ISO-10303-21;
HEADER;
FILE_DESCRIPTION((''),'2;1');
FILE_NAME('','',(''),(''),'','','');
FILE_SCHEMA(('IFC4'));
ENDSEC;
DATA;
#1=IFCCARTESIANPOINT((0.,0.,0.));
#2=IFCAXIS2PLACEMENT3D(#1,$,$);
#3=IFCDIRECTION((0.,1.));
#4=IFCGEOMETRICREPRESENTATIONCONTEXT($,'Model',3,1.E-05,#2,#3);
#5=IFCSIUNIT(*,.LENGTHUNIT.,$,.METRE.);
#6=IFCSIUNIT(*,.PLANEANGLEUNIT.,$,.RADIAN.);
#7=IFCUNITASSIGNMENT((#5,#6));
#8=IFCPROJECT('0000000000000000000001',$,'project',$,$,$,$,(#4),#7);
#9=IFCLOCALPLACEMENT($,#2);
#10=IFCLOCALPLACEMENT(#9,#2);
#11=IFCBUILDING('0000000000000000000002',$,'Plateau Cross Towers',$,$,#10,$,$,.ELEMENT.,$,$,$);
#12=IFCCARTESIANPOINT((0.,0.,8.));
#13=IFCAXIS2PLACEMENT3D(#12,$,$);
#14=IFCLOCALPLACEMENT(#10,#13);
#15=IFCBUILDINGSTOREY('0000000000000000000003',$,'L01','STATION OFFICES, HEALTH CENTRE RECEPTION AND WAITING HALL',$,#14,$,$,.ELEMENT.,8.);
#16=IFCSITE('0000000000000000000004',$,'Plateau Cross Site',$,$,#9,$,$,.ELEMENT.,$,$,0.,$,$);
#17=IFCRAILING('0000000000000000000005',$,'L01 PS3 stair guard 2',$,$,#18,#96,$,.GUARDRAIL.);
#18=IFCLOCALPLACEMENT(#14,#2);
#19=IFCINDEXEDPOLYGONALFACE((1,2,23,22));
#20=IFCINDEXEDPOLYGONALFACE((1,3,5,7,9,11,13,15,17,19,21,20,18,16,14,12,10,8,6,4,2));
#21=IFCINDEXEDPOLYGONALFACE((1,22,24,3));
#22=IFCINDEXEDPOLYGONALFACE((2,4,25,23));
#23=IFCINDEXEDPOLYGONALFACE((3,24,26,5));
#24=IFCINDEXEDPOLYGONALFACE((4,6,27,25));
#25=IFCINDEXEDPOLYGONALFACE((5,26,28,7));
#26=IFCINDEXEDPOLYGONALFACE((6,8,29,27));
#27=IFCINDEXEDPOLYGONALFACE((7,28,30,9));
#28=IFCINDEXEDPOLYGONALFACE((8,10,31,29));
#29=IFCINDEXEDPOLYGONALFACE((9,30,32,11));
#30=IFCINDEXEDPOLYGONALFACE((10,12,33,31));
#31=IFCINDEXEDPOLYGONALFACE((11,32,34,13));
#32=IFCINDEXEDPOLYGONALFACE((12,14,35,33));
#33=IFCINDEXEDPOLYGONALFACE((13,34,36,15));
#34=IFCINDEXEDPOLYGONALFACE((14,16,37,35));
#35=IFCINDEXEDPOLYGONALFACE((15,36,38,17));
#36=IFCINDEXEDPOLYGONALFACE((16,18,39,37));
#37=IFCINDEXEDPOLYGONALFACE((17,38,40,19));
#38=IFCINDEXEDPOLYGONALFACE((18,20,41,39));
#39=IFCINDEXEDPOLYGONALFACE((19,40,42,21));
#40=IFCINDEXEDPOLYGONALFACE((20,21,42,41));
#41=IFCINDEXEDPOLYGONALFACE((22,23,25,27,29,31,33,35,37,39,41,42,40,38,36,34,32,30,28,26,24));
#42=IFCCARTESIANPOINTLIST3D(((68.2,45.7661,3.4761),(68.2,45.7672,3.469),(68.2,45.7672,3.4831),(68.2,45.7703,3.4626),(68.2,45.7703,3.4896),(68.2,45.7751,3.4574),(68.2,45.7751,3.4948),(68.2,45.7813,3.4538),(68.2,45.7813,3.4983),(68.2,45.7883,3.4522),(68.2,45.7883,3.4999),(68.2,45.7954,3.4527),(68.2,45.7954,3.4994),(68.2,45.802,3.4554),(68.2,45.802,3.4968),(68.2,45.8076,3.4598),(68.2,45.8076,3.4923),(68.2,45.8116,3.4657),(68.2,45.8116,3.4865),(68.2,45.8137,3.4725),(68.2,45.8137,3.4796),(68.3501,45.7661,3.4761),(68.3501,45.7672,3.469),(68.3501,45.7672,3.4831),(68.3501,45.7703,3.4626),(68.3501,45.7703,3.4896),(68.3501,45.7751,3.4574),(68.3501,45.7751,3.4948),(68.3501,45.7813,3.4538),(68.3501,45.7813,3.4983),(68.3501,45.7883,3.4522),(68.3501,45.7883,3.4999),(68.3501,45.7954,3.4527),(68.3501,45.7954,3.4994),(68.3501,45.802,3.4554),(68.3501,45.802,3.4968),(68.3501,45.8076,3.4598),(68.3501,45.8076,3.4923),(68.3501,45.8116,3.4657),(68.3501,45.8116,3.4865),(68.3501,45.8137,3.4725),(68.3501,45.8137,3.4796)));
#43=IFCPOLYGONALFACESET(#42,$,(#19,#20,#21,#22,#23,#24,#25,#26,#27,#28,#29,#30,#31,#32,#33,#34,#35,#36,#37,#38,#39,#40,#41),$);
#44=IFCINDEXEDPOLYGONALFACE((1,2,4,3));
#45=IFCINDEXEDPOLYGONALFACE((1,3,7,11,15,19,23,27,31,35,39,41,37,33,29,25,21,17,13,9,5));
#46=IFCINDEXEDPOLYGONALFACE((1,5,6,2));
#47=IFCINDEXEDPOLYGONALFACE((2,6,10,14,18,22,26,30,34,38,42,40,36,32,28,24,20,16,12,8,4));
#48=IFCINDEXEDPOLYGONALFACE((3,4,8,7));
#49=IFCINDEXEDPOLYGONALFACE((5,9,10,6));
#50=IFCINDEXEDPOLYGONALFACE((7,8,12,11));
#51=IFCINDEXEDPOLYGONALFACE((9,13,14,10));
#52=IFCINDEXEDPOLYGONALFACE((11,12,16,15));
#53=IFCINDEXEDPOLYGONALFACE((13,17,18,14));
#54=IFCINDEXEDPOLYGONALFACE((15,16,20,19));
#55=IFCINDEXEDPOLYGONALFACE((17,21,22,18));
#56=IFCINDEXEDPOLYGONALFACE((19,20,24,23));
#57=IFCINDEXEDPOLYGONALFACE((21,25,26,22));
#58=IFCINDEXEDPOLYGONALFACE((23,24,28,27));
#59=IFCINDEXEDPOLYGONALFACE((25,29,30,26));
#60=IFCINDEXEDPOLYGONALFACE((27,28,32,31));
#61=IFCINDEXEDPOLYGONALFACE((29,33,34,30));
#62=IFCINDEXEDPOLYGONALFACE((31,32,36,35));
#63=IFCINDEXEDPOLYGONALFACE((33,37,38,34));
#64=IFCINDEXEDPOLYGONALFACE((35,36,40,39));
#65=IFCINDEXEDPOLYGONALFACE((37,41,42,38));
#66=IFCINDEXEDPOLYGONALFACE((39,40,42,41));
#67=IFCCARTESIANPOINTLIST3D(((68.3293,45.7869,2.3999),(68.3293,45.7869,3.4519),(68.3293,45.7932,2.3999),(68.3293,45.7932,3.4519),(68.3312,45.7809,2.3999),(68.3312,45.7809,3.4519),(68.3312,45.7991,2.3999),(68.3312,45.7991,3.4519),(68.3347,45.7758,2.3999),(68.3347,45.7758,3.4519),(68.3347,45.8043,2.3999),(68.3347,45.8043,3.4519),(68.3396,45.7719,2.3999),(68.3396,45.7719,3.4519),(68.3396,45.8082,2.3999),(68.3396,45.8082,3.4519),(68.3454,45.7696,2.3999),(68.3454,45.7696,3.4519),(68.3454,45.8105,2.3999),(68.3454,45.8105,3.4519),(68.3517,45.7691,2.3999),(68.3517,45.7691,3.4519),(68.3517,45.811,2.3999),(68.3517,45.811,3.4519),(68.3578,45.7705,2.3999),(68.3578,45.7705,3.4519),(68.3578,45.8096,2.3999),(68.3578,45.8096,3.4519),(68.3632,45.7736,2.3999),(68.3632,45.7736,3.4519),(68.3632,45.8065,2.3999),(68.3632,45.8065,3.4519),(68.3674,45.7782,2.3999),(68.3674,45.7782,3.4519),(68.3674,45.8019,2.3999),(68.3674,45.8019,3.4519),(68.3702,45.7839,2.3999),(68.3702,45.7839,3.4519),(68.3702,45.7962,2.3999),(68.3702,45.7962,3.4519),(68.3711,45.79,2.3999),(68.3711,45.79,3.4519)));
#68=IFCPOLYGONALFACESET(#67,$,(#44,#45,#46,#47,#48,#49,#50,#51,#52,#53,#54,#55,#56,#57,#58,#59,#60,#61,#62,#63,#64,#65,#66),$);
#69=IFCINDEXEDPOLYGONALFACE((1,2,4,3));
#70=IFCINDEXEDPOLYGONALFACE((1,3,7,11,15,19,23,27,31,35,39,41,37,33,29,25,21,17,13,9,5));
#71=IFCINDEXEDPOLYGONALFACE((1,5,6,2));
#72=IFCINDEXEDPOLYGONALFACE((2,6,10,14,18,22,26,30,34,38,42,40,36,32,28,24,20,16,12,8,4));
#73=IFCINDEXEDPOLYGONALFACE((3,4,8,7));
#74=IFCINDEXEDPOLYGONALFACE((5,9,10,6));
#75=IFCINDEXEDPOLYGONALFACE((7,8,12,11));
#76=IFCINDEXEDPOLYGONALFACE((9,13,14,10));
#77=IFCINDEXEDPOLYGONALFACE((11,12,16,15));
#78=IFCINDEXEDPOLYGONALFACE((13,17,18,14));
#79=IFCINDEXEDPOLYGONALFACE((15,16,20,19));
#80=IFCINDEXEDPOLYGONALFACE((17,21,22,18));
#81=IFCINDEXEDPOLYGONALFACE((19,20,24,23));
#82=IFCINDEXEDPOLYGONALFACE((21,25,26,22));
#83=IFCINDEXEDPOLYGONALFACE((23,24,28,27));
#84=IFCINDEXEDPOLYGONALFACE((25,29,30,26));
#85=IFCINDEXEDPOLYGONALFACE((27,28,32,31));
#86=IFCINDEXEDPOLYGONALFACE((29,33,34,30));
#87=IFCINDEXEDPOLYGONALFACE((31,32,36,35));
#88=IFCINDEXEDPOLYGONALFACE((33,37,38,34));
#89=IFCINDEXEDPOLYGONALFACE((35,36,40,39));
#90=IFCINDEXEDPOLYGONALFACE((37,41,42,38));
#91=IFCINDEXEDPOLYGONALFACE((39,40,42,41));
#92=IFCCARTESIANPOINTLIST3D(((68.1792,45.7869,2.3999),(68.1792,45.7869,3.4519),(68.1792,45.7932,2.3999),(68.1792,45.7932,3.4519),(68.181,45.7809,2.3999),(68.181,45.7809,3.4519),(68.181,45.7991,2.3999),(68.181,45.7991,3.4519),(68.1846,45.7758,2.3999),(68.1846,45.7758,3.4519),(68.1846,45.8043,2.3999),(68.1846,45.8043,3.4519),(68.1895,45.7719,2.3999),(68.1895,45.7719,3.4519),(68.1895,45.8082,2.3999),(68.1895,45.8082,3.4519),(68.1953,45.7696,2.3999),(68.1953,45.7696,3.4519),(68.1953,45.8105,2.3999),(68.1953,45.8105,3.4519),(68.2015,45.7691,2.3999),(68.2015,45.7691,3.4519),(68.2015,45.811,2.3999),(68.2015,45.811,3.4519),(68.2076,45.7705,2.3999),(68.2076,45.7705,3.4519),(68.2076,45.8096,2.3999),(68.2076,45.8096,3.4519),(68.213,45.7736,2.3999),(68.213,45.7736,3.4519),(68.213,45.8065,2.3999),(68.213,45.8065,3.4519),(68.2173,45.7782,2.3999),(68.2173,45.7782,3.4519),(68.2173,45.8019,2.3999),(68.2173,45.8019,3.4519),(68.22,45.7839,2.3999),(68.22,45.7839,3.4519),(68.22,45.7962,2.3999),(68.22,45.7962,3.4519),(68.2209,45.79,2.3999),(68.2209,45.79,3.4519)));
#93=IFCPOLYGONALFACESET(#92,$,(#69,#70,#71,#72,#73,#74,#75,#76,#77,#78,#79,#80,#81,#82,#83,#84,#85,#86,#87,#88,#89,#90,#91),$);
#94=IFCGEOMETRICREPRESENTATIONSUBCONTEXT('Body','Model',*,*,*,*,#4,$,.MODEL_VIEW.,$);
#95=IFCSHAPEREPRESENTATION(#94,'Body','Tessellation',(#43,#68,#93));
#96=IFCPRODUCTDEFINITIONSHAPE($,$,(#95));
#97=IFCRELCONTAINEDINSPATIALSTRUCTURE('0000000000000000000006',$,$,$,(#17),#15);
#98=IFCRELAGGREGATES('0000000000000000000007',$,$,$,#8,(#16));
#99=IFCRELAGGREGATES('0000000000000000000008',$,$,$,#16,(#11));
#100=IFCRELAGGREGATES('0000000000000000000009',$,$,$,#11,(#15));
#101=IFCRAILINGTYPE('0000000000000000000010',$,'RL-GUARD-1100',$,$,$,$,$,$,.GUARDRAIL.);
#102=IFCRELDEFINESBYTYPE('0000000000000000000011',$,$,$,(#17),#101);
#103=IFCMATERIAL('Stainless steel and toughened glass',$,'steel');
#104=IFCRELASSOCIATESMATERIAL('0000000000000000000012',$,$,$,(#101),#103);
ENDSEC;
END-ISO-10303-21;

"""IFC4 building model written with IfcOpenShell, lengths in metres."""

from ifc_helpers import new_model, si_unit, direction, frame, origin, origin_2d, place, context, subcontext, project, spatial, circle, extrude, material, type_object, element, save


model = new_model("IFC4")

# Units and contexts
model_context = context("Model", 3, precision=1e-05, world=origin(), true_north=direction((0.0, 1.0)))
body_context = subcontext(model_context, "Body", "Model", "MODEL_VIEW")
ifc_project = project(units=[si_unit("LENGTHUNIT", "METRE"), si_unit("PLANEANGLEUNIT", "RADIAN")], contexts=[model_context])

# Site, building, storey
site_placement = place(None, origin())
site = spatial("IfcSite", under=ifc_project, at=site_placement, Name="Plateau Cross Site", CompositionType="ELEMENT", RefElevation=0.0)
building_placement = place(site_placement, origin())
building = spatial("IfcBuilding", under=site, at=building_placement, Name="Plateau Cross Towers", CompositionType="ELEMENT")
storey_placement = place(building_placement, frame((0.0, 0.0, 8.0)))
storey = spatial("IfcBuildingStorey", under=building, at=storey_placement, Name="L01", Description="STATION OFFICES, HEALTH CENTRE RECEPTION AND WAITING HALL", CompositionType="ELEMENT", Elevation=8.0)

# Railing
ifc_material_1 = material(Name="Stainless steel and toughened glass", Category="steel")
railing_type_1 = type_object("IfcRailingType", Name="RL-GUARD-1100", PredefinedType="GUARDRAIL", material=ifc_material_1)
railing_1_placement = place(storey_placement, frame((68.3501, 45.79, 2.3999)))
element("IfcRailing", 1, at=railing_1_placement, inside=storey, type_object=railing_type_1, Name="L01 PS3 stair guard 2", PredefinedType="GUARDRAIL", context=body_context, shape_type="SweptSolid", body=[
    extrude(circle(Radius=0.0239, at=origin_2d()), frame((0.0, 0.0, 1.0762), z_axis=(-1.0, 0.0, 0.0), x_axis=(0.0, -1.0, 0.0)), (0.0, 0.0, 1.0), 0.1501),
    extrude(circle(Radius=0.021, at=origin_2d()), origin(), (0.0, 0.0, 1.0), 1.052),
    extrude(circle(Radius=0.021, at=origin_2d()), frame((-0.1501, 0.0, 0.0)), (0.0, 0.0, 1.0), 1.052),
])

save(model, "model.ifc")
